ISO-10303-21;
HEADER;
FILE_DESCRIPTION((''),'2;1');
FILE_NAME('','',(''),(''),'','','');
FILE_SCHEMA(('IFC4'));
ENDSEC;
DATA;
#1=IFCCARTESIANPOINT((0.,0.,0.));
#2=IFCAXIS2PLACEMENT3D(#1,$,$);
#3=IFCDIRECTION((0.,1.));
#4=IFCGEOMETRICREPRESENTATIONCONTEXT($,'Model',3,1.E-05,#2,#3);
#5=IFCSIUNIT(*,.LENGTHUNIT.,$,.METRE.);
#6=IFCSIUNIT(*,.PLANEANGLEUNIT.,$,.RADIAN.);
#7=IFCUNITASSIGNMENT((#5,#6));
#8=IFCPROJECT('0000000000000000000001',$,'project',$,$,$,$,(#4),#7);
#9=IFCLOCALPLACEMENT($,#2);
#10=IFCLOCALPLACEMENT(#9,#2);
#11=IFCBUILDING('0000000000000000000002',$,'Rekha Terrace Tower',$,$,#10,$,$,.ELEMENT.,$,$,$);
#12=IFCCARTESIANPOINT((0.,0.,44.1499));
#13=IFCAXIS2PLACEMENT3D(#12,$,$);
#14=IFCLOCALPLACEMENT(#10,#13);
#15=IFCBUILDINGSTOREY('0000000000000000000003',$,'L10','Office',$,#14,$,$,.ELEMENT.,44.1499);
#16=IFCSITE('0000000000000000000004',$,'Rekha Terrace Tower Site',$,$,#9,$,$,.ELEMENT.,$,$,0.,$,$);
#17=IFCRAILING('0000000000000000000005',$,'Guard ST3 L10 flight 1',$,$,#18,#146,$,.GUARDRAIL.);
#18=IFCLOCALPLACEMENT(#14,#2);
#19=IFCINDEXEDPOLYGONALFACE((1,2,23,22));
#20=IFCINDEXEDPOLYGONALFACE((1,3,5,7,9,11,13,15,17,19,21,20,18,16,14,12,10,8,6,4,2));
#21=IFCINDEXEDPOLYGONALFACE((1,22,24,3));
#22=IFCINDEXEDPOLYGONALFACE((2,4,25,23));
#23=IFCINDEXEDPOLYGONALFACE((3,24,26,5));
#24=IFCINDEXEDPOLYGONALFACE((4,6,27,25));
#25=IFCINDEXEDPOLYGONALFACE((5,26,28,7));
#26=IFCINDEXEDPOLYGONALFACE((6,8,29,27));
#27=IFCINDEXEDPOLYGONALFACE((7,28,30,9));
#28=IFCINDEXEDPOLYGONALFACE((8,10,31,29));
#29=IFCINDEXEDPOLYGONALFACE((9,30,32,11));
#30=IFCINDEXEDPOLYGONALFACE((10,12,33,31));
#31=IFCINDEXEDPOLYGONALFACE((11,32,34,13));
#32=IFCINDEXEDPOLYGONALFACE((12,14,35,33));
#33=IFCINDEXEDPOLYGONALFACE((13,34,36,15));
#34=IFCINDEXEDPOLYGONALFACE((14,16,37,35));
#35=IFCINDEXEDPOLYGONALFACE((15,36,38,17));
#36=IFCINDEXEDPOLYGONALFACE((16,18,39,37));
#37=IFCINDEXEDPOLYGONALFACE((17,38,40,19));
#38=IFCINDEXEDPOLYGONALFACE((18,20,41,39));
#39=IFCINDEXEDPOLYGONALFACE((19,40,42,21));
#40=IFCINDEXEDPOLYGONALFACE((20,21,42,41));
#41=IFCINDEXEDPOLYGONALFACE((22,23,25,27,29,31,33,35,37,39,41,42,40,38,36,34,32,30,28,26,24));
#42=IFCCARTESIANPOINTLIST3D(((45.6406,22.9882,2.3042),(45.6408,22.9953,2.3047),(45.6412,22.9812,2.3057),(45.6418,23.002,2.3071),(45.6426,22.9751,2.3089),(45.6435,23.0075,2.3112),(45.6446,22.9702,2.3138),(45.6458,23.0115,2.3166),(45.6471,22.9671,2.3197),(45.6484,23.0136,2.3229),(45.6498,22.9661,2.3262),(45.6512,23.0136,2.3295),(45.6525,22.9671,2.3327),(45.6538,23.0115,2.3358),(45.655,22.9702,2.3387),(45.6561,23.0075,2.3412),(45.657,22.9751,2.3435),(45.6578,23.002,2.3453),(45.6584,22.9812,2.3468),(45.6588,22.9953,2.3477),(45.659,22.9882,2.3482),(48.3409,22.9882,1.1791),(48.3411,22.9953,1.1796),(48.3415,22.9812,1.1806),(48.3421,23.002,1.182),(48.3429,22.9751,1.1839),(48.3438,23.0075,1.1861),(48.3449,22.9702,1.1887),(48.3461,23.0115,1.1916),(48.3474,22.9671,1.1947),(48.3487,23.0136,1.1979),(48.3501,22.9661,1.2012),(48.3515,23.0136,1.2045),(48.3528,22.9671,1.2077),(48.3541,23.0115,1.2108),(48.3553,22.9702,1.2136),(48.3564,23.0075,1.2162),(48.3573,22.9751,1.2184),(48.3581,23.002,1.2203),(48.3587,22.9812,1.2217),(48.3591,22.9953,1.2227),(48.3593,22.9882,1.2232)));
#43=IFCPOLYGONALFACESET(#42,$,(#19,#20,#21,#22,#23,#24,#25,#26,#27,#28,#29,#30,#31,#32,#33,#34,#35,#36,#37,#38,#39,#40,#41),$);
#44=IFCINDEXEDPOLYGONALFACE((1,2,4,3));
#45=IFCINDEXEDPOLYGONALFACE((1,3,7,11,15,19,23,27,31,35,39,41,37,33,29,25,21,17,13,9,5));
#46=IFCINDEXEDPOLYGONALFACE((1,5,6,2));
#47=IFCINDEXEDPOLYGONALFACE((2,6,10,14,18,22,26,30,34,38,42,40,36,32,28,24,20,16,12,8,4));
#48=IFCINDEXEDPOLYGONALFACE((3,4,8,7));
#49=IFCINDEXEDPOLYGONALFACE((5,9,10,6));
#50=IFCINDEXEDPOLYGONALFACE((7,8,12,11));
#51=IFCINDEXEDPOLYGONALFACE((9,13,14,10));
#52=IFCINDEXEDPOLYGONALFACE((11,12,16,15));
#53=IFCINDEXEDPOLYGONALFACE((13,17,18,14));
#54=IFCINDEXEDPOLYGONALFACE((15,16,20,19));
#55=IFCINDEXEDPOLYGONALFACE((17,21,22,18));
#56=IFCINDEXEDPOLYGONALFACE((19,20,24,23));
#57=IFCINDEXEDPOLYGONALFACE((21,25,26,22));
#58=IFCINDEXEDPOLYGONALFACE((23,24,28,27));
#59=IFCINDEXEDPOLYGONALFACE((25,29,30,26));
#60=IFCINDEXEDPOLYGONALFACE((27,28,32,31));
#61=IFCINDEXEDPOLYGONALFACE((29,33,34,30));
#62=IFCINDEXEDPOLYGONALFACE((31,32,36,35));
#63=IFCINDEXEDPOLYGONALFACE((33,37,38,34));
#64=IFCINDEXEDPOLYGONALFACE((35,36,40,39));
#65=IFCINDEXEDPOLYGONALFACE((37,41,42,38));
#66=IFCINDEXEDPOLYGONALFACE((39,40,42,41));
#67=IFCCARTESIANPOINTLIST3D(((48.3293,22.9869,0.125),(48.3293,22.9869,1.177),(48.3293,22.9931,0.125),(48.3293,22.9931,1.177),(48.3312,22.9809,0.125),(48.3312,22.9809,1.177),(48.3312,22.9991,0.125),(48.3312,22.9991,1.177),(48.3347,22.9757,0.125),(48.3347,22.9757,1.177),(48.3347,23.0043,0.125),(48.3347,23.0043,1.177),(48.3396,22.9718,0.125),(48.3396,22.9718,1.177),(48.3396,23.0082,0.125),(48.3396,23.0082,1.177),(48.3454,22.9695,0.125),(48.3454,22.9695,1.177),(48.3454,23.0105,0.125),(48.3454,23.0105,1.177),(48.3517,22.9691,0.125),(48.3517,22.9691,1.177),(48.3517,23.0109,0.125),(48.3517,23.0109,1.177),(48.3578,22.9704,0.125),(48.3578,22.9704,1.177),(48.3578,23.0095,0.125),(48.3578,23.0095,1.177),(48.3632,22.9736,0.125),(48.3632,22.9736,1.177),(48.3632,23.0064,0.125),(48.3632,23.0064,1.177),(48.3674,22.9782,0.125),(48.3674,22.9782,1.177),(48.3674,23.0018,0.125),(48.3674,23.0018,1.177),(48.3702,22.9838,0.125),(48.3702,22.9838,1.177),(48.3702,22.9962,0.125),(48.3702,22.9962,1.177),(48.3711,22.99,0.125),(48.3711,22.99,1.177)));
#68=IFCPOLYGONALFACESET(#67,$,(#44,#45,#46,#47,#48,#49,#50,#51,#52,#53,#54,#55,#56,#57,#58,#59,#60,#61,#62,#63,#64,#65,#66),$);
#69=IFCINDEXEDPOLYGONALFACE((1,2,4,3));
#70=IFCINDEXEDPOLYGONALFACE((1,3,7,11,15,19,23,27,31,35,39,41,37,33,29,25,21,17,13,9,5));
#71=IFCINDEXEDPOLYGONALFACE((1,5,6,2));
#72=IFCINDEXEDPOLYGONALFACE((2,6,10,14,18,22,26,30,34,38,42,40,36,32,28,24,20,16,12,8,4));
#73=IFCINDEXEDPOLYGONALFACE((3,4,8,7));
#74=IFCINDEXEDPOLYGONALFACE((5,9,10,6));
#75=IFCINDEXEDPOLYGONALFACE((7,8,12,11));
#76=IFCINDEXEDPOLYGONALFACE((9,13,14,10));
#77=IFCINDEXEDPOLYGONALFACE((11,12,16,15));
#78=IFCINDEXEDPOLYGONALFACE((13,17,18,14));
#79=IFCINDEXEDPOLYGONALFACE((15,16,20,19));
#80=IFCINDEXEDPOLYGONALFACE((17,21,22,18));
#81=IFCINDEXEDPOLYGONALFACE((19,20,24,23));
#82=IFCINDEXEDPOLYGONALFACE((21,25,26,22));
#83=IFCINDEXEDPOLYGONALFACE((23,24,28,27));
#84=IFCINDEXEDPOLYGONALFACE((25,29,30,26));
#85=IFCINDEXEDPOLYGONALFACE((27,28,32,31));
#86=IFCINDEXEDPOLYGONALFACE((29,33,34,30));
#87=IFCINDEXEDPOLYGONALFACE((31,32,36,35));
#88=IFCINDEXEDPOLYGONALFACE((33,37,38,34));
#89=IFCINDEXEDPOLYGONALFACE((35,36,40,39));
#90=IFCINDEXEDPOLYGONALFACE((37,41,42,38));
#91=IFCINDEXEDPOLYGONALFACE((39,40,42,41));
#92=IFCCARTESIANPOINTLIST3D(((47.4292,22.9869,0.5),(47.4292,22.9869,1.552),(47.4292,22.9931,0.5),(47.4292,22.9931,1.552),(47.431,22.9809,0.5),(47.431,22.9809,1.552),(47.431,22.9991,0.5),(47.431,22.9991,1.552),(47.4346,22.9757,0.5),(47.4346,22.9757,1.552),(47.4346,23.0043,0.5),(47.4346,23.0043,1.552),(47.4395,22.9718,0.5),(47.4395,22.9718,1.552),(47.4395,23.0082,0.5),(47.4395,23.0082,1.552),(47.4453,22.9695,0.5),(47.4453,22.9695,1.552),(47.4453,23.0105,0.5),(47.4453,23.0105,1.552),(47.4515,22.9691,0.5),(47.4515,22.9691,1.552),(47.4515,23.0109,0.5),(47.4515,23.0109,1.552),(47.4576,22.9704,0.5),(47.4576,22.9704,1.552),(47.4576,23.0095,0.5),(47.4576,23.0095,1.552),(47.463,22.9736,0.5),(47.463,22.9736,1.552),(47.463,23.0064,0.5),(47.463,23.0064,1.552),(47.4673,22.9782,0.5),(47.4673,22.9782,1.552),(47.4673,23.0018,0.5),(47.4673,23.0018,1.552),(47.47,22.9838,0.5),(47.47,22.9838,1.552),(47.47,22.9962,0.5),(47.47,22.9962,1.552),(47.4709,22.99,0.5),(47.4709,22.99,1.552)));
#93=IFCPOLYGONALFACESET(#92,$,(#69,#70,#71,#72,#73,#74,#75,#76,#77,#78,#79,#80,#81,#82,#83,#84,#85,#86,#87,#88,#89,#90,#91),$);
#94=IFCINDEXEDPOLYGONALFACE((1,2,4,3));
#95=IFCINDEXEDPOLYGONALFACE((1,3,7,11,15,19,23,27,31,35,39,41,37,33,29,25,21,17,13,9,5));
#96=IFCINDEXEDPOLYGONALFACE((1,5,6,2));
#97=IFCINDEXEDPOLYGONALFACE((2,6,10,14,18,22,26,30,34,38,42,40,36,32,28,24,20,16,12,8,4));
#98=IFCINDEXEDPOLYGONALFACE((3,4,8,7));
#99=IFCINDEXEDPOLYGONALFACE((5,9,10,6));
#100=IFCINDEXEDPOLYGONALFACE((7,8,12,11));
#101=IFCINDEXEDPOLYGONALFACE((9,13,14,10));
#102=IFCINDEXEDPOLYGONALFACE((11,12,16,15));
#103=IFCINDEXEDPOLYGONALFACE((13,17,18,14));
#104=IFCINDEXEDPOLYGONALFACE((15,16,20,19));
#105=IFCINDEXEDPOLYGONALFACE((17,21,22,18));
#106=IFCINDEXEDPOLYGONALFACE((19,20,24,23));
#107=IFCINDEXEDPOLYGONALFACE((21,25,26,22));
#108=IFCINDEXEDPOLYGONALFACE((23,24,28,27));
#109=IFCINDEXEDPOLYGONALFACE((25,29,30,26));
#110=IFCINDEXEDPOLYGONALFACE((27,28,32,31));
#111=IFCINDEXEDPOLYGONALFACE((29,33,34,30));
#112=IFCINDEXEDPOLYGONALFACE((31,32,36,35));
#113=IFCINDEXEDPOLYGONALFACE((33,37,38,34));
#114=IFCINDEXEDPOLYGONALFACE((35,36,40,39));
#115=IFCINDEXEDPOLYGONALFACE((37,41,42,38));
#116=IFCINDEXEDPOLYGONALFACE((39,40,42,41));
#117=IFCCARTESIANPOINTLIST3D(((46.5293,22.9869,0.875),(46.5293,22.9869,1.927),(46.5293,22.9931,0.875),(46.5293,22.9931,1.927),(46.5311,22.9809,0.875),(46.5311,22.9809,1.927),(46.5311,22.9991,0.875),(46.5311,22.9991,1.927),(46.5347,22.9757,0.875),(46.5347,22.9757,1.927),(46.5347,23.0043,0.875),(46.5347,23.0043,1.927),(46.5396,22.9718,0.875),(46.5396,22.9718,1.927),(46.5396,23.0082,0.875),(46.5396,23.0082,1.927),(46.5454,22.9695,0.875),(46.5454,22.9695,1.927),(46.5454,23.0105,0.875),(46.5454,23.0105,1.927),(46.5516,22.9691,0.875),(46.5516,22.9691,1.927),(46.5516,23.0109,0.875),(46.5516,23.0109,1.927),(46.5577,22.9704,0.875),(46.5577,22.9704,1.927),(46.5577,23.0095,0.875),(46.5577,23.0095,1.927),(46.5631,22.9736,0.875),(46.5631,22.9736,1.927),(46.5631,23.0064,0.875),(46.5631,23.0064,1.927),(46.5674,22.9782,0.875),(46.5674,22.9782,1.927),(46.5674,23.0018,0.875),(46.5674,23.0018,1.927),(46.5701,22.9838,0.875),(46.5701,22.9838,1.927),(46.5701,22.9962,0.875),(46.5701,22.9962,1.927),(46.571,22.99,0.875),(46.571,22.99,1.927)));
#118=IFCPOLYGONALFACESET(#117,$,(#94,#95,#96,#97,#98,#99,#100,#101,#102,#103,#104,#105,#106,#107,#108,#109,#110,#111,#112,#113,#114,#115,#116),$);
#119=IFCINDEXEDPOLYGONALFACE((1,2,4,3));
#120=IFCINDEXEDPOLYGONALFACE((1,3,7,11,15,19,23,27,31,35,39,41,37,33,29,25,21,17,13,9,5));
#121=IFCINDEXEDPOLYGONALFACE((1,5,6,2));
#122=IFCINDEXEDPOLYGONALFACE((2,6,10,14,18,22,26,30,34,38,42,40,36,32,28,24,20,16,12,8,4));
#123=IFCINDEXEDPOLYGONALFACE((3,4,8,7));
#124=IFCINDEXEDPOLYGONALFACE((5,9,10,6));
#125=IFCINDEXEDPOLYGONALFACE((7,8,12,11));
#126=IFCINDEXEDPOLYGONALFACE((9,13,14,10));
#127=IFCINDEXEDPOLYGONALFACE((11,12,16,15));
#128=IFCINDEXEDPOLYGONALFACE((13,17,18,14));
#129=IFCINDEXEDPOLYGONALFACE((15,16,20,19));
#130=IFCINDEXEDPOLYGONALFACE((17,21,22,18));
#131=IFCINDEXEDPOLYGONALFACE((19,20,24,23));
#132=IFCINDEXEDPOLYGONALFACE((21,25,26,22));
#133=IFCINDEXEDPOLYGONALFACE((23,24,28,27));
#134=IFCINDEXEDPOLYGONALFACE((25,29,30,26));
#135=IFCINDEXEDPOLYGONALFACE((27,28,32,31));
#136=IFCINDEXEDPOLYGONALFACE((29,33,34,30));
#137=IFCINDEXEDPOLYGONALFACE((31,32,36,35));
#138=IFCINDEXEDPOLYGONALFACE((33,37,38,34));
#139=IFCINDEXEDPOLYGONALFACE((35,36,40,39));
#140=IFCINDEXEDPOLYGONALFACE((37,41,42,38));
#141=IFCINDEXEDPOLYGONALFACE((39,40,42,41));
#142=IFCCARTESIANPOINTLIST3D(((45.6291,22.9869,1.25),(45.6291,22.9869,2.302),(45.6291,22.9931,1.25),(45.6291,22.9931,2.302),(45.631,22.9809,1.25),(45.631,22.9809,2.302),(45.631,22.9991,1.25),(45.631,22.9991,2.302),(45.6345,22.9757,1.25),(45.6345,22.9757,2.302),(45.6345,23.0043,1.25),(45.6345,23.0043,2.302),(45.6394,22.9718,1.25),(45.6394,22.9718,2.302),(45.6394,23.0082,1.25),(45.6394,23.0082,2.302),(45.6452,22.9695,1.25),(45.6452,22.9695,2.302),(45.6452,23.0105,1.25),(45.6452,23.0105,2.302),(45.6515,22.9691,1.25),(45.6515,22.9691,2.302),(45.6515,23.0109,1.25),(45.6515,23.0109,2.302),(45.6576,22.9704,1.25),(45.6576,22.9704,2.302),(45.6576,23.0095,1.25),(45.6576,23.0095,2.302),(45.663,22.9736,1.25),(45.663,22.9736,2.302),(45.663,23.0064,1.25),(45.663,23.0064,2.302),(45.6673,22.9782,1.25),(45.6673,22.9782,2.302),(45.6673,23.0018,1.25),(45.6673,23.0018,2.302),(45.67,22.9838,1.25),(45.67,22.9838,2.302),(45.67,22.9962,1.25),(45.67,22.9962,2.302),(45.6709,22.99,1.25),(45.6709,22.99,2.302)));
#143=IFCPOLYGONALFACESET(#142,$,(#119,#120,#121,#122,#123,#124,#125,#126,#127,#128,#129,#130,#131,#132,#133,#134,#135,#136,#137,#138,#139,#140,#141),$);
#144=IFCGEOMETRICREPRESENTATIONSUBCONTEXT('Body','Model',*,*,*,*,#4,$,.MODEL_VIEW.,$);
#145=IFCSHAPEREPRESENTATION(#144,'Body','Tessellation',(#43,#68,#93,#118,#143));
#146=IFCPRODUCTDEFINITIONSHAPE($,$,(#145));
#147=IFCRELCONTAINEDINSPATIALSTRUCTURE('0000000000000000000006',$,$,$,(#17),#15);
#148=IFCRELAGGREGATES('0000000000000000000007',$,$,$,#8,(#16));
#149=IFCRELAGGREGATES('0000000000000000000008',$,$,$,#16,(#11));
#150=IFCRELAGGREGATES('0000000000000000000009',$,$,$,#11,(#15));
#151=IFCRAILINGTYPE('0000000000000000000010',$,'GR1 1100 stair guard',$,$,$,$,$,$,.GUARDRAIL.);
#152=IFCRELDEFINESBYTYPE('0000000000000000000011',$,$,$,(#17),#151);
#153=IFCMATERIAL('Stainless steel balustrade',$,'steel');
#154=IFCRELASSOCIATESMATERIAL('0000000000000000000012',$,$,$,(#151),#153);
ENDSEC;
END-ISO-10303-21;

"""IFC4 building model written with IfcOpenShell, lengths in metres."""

from ifc_helpers import new_model, si_unit, direction, frame, origin, origin_2d, place, context, subcontext, project, spatial, circle, extrude, material, type_object, element, save


model = new_model("IFC4")

# Units and contexts
model_context = context("Model", 3, precision=1e-05, world=origin(), true_north=direction((0.0, 1.0)))
body_context = subcontext(model_context, "Body", "Model", "MODEL_VIEW")
ifc_project = project(units=[si_unit("LENGTHUNIT", "METRE"), si_unit("PLANEANGLEUNIT", "RADIAN")], contexts=[model_context])

# Site, building, storey
site_placement = place(None, origin())
site = spatial("IfcSite", under=ifc_project, at=site_placement, Name="Rekha Terrace Tower Site", CompositionType="ELEMENT", RefElevation=0.0)
building_placement = place(site_placement, origin())
building = spatial("IfcBuilding", under=site, at=building_placement, Name="Rekha Terrace Tower", CompositionType="ELEMENT")
storey_placement = place(building_placement, frame((0.0, 0.0, 44.1499)))
storey = spatial("IfcBuildingStorey", under=building, at=storey_placement, Name="L10", Description="Office", CompositionType="ELEMENT", Elevation=44.1499)

# Railing
ifc_material_1 = material(Name="Stainless steel balustrade", Category="steel")
railing_type_1 = type_object("IfcRailingType", Name="GR1 1100 stair guard", PredefinedType="GUARDRAIL", material=ifc_material_1)
railing_1_placement = place(storey_placement, frame((48.3501, 22.99, 0.125)))
element("IfcRailing", 1, at=railing_1_placement, inside=storey, type_object=railing_type_1, Name="Guard ST3 L10 flight 1", PredefinedType="GUARDRAIL", context=body_context, shape_type="SweptSolid", body=[
    extrude(circle(Radius=0.0239, at=origin_2d()), frame((0.0, 0.0, 1.0762), z_axis=(-0.923087, 0.0, 0.384592), x_axis=(0.0, -1.0, 0.0)), (0.0, 0.0, 1.0), 2.9253),
    extrude(circle(Radius=0.021, at=origin_2d()), origin(), (0.0, 0.0, 1.0), 1.052),
    extrude(circle(Radius=0.021, at=origin_2d()), frame((-0.9001, 0.0, 0.375)), (0.0, 0.0, 1.0), 1.052),
    extrude(circle(Radius=0.021, at=origin_2d()), frame((-1.8, 0.0, 0.75)), (0.0, 0.0, 1.0), 1.052),
    extrude(circle(Radius=0.021, at=origin_2d()), frame((-2.7002, 0.0, 1.125)), (0.0, 0.0, 1.0), 1.052),
])

save(model, "model.ifc")
